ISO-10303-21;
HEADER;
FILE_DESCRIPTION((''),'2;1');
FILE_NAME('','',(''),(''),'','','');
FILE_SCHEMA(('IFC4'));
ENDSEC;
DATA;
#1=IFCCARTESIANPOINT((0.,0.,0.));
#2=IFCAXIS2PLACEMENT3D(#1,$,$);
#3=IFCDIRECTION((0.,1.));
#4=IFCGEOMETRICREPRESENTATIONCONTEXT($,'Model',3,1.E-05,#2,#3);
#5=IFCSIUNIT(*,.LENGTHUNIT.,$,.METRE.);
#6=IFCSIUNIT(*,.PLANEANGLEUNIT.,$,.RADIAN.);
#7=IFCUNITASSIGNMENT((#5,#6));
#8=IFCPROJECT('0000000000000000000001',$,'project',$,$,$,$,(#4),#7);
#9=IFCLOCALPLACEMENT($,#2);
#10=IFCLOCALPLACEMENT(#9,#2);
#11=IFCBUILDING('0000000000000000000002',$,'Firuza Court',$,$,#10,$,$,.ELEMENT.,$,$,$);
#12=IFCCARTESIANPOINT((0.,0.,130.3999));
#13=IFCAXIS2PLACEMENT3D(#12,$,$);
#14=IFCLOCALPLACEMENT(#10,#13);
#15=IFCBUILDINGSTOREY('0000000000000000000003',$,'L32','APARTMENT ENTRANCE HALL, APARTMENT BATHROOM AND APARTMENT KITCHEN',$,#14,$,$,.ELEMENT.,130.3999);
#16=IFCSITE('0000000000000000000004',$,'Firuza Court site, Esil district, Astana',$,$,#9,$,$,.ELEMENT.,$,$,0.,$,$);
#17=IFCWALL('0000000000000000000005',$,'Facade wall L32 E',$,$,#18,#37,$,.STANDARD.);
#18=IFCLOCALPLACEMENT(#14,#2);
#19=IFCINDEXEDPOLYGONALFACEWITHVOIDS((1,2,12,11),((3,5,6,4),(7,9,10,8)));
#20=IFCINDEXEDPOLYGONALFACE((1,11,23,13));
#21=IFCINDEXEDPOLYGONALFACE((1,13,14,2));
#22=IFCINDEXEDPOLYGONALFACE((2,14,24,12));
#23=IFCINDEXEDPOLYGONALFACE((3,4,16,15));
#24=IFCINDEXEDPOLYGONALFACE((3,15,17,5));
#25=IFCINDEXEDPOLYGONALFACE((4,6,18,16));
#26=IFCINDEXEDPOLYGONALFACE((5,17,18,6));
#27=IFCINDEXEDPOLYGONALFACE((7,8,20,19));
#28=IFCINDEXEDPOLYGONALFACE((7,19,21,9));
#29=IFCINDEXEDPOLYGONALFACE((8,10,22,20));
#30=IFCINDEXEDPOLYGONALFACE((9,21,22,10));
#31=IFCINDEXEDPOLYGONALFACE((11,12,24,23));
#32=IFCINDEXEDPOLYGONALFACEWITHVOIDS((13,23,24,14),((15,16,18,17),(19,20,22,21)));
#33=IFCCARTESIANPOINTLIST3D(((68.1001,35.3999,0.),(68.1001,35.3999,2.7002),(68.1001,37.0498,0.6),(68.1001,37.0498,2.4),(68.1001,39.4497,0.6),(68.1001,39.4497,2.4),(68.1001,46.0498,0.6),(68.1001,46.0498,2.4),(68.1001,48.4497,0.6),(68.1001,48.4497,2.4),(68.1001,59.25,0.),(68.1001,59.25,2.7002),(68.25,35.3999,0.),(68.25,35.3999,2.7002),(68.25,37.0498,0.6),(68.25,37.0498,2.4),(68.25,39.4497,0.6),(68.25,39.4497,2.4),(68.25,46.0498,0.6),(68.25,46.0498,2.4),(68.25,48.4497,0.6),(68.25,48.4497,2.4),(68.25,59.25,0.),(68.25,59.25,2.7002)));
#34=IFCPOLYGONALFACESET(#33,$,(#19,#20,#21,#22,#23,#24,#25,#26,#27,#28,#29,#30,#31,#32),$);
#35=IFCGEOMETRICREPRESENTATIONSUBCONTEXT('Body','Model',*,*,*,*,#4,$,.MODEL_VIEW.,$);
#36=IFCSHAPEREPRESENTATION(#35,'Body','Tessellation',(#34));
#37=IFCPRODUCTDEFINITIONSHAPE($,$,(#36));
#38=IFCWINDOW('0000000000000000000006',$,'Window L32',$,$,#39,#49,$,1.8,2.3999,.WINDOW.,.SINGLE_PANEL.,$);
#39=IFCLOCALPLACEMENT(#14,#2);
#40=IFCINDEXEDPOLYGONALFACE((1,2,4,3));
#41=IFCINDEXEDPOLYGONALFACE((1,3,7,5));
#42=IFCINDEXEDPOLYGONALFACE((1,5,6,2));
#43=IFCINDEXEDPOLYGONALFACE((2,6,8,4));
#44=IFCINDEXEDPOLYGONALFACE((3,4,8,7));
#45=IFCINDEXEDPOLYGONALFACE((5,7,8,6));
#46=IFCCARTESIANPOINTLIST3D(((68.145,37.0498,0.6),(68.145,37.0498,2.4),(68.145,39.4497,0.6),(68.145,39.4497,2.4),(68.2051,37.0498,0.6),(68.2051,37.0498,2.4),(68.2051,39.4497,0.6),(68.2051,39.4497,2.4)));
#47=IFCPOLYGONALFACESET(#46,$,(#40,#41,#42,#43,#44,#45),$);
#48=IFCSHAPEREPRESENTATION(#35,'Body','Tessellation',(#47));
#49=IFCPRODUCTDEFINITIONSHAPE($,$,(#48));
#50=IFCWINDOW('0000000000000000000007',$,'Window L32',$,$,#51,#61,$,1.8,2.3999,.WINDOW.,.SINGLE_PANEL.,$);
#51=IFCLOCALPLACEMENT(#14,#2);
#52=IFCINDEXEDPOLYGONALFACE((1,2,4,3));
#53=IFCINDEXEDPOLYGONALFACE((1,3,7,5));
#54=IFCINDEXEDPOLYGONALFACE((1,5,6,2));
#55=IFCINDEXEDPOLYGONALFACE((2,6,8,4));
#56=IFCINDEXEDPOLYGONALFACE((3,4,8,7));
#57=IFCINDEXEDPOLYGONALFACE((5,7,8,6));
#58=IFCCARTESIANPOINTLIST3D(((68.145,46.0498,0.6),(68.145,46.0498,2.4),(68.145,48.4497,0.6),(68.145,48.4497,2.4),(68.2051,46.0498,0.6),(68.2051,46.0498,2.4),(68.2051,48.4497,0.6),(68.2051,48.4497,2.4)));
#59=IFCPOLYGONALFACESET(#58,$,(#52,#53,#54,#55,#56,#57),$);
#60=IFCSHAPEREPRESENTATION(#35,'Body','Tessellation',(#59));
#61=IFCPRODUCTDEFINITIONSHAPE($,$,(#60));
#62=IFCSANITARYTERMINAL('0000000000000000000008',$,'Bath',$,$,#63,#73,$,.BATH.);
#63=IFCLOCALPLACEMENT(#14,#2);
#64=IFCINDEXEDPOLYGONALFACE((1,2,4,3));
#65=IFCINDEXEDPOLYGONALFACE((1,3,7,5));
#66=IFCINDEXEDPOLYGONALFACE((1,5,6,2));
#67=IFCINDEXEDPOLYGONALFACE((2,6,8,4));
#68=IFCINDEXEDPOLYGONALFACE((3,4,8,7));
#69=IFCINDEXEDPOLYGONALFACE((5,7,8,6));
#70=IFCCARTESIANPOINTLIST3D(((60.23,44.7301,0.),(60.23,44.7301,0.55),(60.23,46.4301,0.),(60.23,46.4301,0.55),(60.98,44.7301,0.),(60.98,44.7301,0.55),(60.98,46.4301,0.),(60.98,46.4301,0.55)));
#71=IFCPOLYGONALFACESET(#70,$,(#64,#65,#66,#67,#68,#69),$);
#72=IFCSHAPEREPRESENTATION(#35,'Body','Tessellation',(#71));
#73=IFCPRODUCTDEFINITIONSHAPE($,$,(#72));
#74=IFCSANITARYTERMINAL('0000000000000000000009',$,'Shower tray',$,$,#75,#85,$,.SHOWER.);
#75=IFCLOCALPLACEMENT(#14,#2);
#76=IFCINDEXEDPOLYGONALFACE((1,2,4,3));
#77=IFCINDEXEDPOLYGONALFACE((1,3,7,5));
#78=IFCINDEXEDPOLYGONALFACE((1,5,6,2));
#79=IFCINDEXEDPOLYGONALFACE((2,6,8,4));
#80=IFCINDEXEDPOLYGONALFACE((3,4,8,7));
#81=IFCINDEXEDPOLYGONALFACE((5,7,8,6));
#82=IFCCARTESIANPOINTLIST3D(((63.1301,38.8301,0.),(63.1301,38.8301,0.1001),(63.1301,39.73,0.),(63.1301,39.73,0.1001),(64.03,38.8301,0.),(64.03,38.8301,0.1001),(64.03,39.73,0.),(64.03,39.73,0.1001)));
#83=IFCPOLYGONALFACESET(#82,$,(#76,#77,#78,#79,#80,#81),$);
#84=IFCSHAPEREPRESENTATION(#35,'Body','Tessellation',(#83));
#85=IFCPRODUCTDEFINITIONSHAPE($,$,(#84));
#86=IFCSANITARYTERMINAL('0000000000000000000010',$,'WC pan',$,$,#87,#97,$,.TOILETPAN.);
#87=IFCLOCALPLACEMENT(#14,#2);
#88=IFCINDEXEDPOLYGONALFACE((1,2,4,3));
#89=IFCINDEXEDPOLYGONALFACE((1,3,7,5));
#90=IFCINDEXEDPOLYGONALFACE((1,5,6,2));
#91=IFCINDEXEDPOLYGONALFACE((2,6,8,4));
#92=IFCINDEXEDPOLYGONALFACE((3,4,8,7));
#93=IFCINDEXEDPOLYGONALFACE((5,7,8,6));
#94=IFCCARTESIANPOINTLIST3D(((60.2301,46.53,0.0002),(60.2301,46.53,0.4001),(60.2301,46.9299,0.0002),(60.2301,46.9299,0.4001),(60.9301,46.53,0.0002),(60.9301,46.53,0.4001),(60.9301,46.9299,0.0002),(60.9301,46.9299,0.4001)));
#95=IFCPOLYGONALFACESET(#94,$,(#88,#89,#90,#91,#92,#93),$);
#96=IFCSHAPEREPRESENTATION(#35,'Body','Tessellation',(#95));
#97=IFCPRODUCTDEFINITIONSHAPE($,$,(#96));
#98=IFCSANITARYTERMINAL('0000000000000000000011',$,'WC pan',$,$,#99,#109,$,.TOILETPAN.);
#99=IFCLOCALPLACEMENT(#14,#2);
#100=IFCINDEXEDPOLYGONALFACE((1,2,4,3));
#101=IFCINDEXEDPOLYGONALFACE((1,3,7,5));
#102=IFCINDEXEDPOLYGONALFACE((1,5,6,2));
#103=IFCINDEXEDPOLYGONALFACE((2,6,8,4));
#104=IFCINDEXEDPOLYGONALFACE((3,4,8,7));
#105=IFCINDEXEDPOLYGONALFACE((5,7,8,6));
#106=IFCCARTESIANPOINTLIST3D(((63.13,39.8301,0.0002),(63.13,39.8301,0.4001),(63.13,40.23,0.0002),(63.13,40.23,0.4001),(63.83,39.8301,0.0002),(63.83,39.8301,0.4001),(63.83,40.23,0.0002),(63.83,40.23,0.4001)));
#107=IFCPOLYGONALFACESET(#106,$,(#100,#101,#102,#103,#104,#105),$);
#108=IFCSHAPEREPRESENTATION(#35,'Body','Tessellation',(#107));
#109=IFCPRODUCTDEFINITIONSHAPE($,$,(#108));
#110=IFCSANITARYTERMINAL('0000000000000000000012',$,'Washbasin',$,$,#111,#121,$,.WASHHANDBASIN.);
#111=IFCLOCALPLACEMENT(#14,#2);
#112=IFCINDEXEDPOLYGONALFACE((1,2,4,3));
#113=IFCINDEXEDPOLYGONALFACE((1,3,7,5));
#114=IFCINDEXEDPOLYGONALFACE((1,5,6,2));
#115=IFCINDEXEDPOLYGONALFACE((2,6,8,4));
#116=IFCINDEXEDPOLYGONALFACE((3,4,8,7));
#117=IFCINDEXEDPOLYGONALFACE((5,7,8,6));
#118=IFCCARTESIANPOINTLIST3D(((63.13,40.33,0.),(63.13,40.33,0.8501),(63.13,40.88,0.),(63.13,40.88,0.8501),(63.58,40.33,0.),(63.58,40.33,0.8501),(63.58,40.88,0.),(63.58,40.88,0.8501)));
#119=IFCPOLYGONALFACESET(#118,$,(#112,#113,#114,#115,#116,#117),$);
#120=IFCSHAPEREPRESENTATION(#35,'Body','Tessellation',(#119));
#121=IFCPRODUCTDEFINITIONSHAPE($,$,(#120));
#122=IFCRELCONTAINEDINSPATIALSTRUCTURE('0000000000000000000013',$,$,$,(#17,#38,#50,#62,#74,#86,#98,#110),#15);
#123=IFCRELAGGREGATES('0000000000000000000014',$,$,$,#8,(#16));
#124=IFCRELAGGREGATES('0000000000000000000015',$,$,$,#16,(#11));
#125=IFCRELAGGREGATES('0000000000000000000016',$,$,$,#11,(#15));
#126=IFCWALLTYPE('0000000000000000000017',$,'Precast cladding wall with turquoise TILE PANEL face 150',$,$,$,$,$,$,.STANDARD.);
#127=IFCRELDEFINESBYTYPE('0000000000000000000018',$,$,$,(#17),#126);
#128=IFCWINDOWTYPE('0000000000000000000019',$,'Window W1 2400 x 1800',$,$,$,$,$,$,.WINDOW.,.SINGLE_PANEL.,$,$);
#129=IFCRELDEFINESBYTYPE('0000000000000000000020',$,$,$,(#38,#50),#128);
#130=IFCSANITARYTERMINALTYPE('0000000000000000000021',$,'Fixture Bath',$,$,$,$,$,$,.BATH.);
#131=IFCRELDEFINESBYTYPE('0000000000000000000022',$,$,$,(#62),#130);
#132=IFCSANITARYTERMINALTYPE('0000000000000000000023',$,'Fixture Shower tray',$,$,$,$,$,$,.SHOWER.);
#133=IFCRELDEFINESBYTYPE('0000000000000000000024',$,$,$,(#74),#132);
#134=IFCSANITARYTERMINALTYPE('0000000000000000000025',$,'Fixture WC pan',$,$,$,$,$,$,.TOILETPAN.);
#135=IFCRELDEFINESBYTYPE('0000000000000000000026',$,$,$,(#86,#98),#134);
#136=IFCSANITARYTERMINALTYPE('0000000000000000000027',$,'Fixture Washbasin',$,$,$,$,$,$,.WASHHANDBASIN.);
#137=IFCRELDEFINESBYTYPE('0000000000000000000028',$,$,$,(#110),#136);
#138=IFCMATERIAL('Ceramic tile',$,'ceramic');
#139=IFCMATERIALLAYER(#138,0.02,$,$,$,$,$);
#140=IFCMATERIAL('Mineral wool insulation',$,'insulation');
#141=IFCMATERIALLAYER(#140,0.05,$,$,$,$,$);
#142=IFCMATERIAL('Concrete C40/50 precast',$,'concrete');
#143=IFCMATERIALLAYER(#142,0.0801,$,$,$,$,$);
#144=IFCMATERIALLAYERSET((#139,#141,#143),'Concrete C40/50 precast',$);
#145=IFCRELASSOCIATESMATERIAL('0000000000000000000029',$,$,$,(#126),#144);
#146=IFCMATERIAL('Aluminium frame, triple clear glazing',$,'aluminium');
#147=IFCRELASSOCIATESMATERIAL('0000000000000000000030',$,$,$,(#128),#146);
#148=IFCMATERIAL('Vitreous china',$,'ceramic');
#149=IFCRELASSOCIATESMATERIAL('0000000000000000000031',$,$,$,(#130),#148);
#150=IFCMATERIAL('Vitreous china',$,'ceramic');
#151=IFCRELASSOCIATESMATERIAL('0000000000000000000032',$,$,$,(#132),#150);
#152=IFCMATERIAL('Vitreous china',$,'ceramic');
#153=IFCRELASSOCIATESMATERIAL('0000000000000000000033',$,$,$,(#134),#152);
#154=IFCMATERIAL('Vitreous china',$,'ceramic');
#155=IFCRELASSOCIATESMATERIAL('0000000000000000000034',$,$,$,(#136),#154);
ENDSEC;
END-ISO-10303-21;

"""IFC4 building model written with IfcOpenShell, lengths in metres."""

from ifc_helpers import new_model, si_unit, direction, frame, frame_2d, origin, origin_2d, place, context, subcontext, project, spatial, rectangle, extrude, material, layer, layer_set, type_object, element, fill, save


model = new_model("IFC4")

# Units and contexts
model_context = context("Model", 3, precision=1e-05, world=origin(), true_north=direction((0.0, 1.0)))
body_context = subcontext(model_context, "Body", "Model", "MODEL_VIEW")
ifc_project = project(units=[si_unit("LENGTHUNIT", "METRE"), si_unit("PLANEANGLEUNIT", "RADIAN")], contexts=[model_context])

# Site, building, storey
site_placement = place(None, origin())
site = spatial("IfcSite", under=ifc_project, at=site_placement, Name="Firuza Court site, Esil district, Astana", CompositionType="ELEMENT", RefElevation=0.0)
building_placement = place(site_placement, origin())
building = spatial("IfcBuilding", under=site, at=building_placement, Name="Firuza Court", CompositionType="ELEMENT")
storey_placement = place(building_placement, frame((0.0, 0.0, 130.3999)))
storey = spatial("IfcBuildingStorey", under=building, at=storey_placement, Name="L32", Description="APARTMENT ENTRANCE HALL, APARTMENT BATHROOM AND APARTMENT KITCHEN", CompositionType="ELEMENT", Elevation=130.3999)

# Wall, openings, windows
ifc_material_1 = material(Name="Ceramic tile", Category="ceramic")
ifc_layer_1 = layer(ifc_material_1, 0.02)
ifc_material_2 = material(Name="Mineral wool insulation", Category="insulation")
ifc_layer_2 = layer(ifc_material_2, 0.05)
ifc_material_3 = material(Name="Concrete C40/50 precast", Category="concrete")
ifc_layer_3 = layer(ifc_material_3, 0.0801)
ifc_layer_set_1 = layer_set([ifc_layer_1, ifc_layer_2, ifc_layer_3], Name="Concrete C40/50 precast")
wall_type_1 = type_object("IfcWallType", Name="Precast cladding wall with turquoise TILE PANEL face 150", PredefinedType="STANDARD", material=ifc_layer_set_1)
wall_1_placement = place(storey_placement, frame((68.175, 35.3999, 0.0), z_axis=(0.0, 0.0, 1.0), x_axis=(0.0, 1.0, 0.0)))
wall_1 = element("IfcWall", 1, at=wall_1_placement, inside=storey, type_object=wall_type_1, Name="Facade wall L32 E", PredefinedType="STANDARD", context=body_context, shape_type="SweptSolid", body=[
    extrude(rectangle(XDim=23.8501, YDim=0.1499, at=frame_2d((11.925, 0.0))), origin(), (0.0, 0.0, 1.0), 2.7002),
])
opening_1_placement = place(wall_1_placement, frame((1.6499, 0.0, 0.6001)))
opening_1 = element("IfcOpeningElement", 2, at=opening_1_placement, cuts=wall_1, PredefinedType="OPENING", context=body_context, shape_type="SweptSolid", body=[
    extrude(rectangle(XDim=2.3999, YDim=1.8, at=frame_2d((1.2, 0.8999))), frame((0.0, 0.0869, 0.0), z_axis=(0.0, -1.0, 0.0), x_axis=(1.0, 0.0, 0.0)), (0.0, 0.0, 1.0), 0.1738),
])
opening_2_placement = place(wall_1_placement, frame((10.6499, 0.0, 0.6001)))
opening_2 = element("IfcOpeningElement", 3, at=opening_2_placement, cuts=wall_1, PredefinedType="OPENING", context=body_context, shape_type="SweptSolid", body=[
    extrude(rectangle(XDim=2.3999, YDim=1.8, at=frame_2d((1.2, 0.8999))), frame((0.0, 0.0869, 0.0), z_axis=(0.0, -1.0, 0.0), x_axis=(1.0, 0.0, 0.0)), (0.0, 0.0, 1.0), 0.1738),
])
ifc_material_4 = material(Name="Aluminium frame, triple clear glazing", Category="aluminium")
window_type = type_object("IfcWindowType", Name="Window W1 2400 x 1800", PartitioningType="SINGLE_PANEL", PredefinedType="WINDOW", material=ifc_material_4)
window_1_placement = place(opening_1_placement, origin())
window_1 = element("IfcWindow", 4, at=window_1_placement, inside=storey, type_object=window_type, Name="Window L32", OverallHeight=1.8, OverallWidth=2.3999, PartitioningType="SINGLE_PANEL", PredefinedType="WINDOW", context=body_context, shape_type="SweptSolid", body=[
    extrude(rectangle(XDim=2.3999, YDim=1.8, at=frame_2d((1.2, 0.8999))), frame((0.0, 0.03, 0.0), z_axis=(0.0, -1.0, 0.0), x_axis=(1.0, 0.0, 0.0)), (0.0, 0.0, 1.0), 0.0601),
])
fill(opening_1, window_1)
window_2_placement = place(opening_2_placement, origin())
window_2 = element("IfcWindow", 5, at=window_2_placement, inside=storey, type_object=window_type, Name="Window L32", OverallHeight=1.8, OverallWidth=2.3999, PartitioningType="SINGLE_PANEL", PredefinedType="WINDOW", context=body_context, shape_type="SweptSolid", body=[
    extrude(rectangle(XDim=2.3999, YDim=1.8, at=frame_2d((1.2, 0.8999))), frame((0.0, 0.03, 0.0), z_axis=(0.0, -1.0, 0.0), x_axis=(1.0, 0.0, 0.0)), (0.0, 0.0, 1.0), 0.0601),
])
fill(opening_2, window_2)

# Sanitary terminals
ifc_material_5 = material(Name="Vitreous china", Category="ceramic")
sanitary_terminal_type_1 = type_object("IfcSanitaryTerminalType", Name="Fixture Bath", PredefinedType="BATH", material=ifc_material_5)
sanitary_terminal_1_placement = place(storey_placement, frame((60.605, 45.5801, 0.0), z_axis=(0.0, 0.0, 1.0), x_axis=(1.0, 0.0, 0.0)))
element("IfcSanitaryTerminal", 6, at=sanitary_terminal_1_placement, inside=storey, type_object=sanitary_terminal_type_1, Name="Bath", PredefinedType="BATH", context=body_context, shape_type="SweptSolid", body=[
    extrude(rectangle(XDim=0.75, YDim=1.7, at=origin_2d()), origin(), (0.0, 0.0, 1.0), 0.55),
])
ifc_material_6 = material(Name="Vitreous china", Category="ceramic")
sanitary_terminal_type_2 = type_object("IfcSanitaryTerminalType", Name="Fixture Shower tray", PredefinedType="SHOWER", material=ifc_material_6)
sanitary_terminal_2_placement = place(storey_placement, frame((63.5801, 39.28, 0.0), z_axis=(0.0, 0.0, 1.0), x_axis=(1.0, 0.0, 0.0)))
element("IfcSanitaryTerminal", 7, at=sanitary_terminal_2_placement, inside=storey, type_object=sanitary_terminal_type_2, Name="Shower tray", PredefinedType="SHOWER", context=body_context, shape_type="SweptSolid", body=[
    extrude(rectangle(XDim=0.8999, YDim=0.8999, at=origin_2d()), origin(), (0.0, 0.0, 1.0), 0.1001),
])
ifc_material_7 = material(Name="Vitreous china", Category="ceramic")
sanitary_terminal_type_3 = type_object("IfcSanitaryTerminalType", Name="Fixture WC pan", PredefinedType="TOILETPAN", material=ifc_material_7)
for number, where, z_axis, x_axis, name in (
    (8, (60.5801, 46.73, 0.0002), (0.0, 0.0, 1.0), (1.0, 0.0, 0.0), "WC pan"),
    (9, (63.48, 40.03, 0.0002), (0.0, 0.0, 1.0), (1.0, 0.0, 0.0), "WC pan"),
):
    element("IfcSanitaryTerminal", number, at=place(storey_placement, frame(where, z_axis=z_axis, x_axis=x_axis)), inside=storey, type_object=sanitary_terminal_type_3, Name=name, PredefinedType="TOILETPAN", context=body_context, shape_type="SweptSolid", body=[
        extrude(rectangle(XDim=0.7, YDim=0.3999, at=origin_2d()), origin(), (0.0, 0.0, 1.0), 0.3999),
    ])
ifc_material_8 = material(Name="Vitreous china", Category="ceramic")
sanitary_terminal_type_4 = type_object("IfcSanitaryTerminalType", Name="Fixture Washbasin", PredefinedType="WASHHANDBASIN", material=ifc_material_8)
sanitary_terminal_3_placement = place(storey_placement, frame((63.355, 40.605, 0.0), z_axis=(0.0, 0.0, 1.0), x_axis=(1.0, 0.0, 0.0)))
element("IfcSanitaryTerminal", 10, at=sanitary_terminal_3_placement, inside=storey, type_object=sanitary_terminal_type_4, Name="Washbasin", PredefinedType="WASHHANDBASIN", context=body_context, shape_type="SweptSolid", body=[
    extrude(rectangle(XDim=0.45, YDim=0.55, at=origin_2d()), origin(), (0.0, 0.0, 1.0), 0.8501),
])

save(model, "model.ifc")
